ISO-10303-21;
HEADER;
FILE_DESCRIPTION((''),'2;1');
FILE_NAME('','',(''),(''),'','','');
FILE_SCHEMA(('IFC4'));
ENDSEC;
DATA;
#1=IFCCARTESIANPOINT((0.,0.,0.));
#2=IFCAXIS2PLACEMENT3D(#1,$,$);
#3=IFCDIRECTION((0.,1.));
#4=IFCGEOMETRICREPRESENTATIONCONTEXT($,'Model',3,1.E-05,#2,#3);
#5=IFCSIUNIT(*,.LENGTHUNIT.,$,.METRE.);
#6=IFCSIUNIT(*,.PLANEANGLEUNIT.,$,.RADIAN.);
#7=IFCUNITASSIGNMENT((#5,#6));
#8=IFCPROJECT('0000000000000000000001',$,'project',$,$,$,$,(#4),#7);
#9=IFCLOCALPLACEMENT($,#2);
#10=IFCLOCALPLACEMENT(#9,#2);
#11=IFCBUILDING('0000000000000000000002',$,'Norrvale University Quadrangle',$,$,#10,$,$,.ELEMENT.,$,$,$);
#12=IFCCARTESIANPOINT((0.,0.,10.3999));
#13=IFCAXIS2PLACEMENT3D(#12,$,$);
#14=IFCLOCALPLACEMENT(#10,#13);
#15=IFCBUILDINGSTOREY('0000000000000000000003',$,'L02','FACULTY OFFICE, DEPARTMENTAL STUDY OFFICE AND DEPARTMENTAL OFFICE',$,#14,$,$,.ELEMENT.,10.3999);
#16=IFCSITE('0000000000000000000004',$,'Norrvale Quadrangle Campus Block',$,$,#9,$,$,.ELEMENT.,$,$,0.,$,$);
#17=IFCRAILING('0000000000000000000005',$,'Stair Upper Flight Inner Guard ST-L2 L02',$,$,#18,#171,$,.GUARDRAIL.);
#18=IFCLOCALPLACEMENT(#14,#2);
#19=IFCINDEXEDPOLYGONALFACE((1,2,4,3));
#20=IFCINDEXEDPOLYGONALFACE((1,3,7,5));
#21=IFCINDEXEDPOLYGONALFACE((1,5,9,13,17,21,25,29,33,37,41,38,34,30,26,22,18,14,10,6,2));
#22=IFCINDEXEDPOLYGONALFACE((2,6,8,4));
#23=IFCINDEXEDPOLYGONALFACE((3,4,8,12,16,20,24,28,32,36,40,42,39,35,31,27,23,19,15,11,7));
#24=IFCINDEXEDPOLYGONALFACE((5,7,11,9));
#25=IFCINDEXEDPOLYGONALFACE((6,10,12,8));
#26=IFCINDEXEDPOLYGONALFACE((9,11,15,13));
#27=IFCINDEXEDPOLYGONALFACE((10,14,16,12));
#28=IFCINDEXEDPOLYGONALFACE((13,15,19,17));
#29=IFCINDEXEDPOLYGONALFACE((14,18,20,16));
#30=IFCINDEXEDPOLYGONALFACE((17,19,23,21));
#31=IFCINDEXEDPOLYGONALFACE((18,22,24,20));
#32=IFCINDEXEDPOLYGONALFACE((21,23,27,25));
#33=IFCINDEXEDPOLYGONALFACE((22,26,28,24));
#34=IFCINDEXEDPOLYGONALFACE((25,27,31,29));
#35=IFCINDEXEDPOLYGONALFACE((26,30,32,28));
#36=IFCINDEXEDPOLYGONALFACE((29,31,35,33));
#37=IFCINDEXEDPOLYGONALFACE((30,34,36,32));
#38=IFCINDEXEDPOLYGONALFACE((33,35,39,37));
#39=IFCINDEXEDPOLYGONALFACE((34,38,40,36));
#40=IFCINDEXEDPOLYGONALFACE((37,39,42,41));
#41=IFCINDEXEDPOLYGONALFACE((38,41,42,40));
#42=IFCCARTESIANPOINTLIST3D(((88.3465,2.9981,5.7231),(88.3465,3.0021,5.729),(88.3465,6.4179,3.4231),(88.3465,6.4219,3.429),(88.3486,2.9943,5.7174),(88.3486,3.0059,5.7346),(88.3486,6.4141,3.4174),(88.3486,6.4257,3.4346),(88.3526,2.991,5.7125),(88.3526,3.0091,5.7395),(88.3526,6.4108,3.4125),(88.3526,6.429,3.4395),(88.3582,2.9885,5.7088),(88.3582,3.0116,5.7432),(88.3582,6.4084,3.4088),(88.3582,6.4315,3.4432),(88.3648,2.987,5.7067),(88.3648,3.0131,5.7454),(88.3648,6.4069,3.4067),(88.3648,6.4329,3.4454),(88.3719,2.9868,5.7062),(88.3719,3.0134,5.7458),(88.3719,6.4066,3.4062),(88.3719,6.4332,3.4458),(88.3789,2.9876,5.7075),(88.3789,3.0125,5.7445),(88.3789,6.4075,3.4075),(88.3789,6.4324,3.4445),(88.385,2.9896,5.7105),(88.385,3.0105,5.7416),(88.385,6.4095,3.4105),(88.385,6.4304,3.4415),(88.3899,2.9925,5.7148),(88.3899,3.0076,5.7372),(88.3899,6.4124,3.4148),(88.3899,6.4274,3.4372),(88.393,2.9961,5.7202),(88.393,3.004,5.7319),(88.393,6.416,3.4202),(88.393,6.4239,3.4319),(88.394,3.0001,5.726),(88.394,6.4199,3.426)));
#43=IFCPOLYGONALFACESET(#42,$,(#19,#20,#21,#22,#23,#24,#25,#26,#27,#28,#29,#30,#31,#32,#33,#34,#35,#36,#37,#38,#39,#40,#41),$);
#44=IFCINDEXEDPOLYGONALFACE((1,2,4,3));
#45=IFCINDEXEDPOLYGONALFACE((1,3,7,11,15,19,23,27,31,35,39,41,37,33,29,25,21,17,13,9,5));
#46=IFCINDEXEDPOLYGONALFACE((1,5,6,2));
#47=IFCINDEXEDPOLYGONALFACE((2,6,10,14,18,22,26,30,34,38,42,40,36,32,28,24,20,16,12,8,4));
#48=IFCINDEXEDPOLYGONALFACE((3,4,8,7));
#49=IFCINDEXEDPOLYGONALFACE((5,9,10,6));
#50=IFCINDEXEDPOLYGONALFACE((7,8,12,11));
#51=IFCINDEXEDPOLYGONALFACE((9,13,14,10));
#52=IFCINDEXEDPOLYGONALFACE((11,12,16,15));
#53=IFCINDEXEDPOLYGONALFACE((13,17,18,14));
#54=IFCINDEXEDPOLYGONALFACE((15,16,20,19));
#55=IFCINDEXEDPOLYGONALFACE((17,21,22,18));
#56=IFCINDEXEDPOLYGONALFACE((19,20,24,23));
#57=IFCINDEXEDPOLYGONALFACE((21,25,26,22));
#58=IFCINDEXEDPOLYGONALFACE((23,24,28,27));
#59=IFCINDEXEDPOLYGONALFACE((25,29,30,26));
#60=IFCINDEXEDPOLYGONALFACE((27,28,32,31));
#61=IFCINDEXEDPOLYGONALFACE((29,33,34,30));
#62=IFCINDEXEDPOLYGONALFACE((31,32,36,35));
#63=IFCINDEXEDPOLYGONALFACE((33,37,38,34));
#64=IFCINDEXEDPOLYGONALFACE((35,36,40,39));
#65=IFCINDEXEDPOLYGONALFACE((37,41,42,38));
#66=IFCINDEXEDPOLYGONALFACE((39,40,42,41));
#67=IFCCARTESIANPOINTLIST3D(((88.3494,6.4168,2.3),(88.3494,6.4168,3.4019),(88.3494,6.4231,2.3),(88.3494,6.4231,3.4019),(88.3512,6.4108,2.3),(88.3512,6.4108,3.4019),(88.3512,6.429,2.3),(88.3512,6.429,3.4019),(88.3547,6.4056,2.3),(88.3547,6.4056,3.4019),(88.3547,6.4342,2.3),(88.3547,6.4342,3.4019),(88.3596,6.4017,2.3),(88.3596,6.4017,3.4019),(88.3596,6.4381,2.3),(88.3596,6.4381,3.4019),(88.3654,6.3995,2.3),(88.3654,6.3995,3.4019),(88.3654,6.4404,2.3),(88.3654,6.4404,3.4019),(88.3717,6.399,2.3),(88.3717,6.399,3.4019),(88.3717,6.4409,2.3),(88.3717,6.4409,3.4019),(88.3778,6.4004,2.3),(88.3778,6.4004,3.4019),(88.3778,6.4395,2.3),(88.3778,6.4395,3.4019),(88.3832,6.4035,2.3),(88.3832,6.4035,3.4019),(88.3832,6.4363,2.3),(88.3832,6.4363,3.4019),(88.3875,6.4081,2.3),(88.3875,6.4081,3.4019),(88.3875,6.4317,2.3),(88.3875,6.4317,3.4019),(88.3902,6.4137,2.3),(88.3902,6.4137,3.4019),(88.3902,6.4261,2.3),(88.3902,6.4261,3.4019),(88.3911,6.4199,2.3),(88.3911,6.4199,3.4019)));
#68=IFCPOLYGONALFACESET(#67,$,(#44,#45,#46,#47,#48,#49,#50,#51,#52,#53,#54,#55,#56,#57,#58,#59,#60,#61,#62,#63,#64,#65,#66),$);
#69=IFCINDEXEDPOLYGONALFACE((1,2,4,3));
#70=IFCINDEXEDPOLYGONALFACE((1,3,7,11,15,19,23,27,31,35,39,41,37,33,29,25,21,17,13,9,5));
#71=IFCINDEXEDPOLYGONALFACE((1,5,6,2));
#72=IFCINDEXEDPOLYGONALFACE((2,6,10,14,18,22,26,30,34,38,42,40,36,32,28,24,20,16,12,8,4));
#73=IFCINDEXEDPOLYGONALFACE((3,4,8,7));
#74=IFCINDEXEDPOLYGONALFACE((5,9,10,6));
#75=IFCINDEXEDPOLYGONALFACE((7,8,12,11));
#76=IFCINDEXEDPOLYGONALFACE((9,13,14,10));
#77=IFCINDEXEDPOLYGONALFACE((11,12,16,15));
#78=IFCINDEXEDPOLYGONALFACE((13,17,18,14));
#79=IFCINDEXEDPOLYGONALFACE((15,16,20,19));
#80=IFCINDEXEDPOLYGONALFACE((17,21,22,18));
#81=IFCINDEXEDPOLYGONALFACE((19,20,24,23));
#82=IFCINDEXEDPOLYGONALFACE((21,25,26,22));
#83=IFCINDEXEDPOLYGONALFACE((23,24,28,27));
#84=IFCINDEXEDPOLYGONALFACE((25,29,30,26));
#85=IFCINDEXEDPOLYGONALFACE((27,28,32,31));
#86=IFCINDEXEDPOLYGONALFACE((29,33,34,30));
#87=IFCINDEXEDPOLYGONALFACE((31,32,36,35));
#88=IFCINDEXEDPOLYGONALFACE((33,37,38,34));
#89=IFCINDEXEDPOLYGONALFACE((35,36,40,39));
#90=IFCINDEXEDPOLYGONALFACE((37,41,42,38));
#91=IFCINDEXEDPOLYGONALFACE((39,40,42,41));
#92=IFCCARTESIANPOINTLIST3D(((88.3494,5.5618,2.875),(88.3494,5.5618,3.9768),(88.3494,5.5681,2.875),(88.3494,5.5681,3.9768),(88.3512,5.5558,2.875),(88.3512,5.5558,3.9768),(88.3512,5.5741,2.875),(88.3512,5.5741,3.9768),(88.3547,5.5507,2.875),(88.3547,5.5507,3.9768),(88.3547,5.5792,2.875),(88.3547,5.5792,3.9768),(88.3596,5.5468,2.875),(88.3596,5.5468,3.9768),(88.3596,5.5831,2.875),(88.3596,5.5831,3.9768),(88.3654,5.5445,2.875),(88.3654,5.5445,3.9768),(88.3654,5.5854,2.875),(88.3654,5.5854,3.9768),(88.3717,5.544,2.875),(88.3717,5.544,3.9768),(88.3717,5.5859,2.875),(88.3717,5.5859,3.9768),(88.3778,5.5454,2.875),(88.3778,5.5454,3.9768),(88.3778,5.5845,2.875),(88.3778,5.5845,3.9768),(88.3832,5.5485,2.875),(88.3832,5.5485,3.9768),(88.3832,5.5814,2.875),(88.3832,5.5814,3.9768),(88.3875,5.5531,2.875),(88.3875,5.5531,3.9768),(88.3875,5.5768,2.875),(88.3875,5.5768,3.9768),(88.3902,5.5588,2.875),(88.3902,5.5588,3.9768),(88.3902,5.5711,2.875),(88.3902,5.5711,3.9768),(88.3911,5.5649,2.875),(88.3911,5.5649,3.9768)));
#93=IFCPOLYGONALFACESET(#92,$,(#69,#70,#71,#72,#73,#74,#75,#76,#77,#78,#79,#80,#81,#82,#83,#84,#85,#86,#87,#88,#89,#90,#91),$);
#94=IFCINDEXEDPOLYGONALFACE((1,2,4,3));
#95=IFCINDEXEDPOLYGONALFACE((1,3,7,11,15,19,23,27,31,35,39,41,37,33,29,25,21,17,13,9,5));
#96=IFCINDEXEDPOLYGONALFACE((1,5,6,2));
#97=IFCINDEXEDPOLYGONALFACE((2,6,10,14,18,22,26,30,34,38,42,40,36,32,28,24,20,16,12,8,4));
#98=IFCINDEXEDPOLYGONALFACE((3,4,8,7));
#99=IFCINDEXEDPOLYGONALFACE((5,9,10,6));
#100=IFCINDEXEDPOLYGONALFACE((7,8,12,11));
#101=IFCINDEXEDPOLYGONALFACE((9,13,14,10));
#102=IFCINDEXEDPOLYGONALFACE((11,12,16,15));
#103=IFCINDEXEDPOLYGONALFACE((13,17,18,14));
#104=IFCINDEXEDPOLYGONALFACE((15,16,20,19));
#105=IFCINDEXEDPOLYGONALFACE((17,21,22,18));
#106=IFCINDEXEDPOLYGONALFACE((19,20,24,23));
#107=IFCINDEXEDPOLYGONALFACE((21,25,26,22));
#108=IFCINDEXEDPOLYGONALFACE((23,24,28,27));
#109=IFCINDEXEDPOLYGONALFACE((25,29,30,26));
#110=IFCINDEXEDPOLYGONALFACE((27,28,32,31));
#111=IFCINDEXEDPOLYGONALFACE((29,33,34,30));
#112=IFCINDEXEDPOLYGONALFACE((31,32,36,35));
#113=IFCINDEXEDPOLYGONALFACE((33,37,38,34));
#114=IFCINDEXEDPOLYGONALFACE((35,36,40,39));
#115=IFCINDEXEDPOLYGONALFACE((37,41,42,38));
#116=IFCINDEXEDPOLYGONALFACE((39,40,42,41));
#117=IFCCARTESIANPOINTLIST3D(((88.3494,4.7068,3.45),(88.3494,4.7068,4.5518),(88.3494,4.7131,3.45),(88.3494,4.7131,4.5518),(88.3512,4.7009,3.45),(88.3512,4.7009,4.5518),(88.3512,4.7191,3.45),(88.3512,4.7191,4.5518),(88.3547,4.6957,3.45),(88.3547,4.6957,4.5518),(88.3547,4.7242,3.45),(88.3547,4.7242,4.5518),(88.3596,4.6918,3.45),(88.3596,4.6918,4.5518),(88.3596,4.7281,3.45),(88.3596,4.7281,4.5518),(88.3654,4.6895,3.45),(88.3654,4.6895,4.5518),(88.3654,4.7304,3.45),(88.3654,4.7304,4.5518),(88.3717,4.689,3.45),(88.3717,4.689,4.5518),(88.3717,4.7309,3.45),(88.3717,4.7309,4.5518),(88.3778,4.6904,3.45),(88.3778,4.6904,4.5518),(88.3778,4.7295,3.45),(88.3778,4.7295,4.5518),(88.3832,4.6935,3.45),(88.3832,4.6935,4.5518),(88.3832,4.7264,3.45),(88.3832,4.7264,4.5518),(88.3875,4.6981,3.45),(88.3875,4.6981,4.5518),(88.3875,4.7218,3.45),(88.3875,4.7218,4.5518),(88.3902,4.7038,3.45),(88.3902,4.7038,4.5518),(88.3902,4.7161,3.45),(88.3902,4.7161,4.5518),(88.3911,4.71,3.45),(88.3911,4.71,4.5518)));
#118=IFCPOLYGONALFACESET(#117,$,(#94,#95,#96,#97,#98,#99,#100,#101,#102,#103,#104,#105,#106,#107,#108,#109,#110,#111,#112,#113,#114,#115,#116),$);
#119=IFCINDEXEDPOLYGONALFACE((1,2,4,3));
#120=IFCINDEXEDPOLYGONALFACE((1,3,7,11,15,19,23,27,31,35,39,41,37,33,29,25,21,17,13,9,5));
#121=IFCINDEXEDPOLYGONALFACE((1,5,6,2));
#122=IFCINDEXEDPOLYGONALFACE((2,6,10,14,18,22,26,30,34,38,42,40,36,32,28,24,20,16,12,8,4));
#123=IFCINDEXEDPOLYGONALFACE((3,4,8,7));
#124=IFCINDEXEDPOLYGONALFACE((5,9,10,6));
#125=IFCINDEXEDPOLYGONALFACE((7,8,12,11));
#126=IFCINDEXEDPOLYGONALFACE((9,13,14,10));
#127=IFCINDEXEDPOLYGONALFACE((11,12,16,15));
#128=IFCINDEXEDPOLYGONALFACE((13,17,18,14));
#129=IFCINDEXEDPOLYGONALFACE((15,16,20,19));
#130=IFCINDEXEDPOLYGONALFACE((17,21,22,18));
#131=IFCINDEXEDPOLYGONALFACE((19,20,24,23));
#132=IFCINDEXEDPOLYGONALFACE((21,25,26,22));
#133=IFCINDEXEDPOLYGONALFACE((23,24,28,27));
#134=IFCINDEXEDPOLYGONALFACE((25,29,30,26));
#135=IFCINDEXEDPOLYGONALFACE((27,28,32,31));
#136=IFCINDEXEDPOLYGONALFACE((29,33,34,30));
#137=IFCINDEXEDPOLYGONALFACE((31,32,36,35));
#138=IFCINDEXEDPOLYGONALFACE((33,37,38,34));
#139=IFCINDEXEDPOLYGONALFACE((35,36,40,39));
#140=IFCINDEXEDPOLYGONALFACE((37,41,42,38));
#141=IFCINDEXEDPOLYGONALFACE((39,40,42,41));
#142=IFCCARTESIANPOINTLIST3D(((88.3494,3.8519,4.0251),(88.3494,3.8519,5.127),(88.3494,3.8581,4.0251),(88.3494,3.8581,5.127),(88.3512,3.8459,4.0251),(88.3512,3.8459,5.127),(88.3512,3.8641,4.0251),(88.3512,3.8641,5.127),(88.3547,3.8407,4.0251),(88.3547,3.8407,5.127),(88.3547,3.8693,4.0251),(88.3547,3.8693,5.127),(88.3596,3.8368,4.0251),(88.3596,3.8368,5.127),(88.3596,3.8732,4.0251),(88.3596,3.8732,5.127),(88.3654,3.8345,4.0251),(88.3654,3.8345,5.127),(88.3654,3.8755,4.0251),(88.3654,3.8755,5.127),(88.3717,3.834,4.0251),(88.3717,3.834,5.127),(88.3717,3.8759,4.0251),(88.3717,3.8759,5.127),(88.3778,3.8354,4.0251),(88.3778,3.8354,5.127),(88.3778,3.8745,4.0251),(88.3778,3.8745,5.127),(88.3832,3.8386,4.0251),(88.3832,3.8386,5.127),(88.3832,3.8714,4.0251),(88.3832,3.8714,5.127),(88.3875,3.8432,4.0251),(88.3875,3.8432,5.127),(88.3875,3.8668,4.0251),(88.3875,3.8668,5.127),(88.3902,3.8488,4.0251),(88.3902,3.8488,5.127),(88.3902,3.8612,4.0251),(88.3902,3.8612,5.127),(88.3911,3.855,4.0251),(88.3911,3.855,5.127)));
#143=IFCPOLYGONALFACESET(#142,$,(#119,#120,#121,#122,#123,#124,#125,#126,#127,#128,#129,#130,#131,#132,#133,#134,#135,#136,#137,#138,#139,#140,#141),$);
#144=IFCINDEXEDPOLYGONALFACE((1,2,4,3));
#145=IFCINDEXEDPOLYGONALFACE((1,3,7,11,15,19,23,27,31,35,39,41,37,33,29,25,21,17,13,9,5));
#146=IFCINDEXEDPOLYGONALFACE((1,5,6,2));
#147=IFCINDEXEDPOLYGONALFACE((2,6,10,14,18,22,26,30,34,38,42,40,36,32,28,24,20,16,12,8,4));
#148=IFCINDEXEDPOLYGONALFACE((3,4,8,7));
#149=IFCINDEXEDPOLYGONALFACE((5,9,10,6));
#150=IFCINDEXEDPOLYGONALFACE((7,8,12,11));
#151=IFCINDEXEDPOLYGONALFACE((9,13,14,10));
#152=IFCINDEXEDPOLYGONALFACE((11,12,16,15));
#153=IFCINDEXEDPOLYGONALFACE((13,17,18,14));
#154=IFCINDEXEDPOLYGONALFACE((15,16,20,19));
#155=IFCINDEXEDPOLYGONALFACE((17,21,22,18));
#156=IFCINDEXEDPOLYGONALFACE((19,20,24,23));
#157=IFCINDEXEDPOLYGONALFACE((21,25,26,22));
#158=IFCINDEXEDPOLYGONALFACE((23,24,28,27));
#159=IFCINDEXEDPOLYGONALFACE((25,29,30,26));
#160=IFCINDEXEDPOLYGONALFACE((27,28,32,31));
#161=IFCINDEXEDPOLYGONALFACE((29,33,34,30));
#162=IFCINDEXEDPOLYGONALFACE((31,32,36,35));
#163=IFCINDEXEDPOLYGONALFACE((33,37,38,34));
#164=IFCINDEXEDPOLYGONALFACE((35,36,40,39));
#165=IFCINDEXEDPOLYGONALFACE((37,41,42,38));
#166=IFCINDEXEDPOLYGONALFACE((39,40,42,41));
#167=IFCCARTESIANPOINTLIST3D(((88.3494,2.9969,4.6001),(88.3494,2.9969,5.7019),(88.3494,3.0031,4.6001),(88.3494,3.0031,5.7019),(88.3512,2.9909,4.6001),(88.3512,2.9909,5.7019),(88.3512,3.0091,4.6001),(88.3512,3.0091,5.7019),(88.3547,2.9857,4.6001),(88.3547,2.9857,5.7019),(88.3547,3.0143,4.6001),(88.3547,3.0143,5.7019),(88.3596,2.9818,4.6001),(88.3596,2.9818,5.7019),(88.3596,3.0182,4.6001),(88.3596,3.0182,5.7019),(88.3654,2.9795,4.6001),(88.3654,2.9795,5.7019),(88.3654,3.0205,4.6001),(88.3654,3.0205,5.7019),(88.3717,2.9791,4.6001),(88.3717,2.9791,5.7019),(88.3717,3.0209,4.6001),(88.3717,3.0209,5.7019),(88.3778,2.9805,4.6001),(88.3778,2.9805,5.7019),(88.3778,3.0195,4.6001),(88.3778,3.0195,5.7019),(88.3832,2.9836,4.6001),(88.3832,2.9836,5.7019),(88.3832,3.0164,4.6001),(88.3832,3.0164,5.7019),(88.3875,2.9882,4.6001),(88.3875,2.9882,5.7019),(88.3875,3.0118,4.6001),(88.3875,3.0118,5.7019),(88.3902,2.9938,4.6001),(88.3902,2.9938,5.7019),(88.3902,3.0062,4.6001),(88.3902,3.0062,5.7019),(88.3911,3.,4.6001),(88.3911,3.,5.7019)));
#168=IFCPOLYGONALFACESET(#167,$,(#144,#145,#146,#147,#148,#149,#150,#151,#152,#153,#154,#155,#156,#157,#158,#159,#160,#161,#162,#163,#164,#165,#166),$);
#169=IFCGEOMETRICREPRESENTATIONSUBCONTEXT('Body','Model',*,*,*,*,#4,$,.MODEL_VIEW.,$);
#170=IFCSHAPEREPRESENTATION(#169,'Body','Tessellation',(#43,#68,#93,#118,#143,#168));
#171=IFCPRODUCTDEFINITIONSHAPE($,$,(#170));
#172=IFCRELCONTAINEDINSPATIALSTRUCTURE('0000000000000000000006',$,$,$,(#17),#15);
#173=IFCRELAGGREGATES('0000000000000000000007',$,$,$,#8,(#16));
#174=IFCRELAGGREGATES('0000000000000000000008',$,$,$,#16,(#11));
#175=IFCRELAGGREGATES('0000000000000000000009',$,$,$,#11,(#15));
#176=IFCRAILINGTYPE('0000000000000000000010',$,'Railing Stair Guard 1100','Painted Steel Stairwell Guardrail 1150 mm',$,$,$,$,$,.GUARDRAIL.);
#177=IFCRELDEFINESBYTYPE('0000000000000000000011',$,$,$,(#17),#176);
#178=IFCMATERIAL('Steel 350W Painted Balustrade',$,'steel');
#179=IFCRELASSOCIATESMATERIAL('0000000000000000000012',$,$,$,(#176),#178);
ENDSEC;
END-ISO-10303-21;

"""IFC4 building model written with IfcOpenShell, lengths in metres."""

from ifc_helpers import new_model, si_unit, direction, frame, origin, origin_2d, place, context, subcontext, project, spatial, circle, extrude, material, type_object, element, save


model = new_model("IFC4")

# Units and contexts
model_context = context("Model", 3, precision=1e-05, world=origin(), true_north=direction((0.0, 1.0)))
body_context = subcontext(model_context, "Body", "Model", "MODEL_VIEW")
ifc_project = project(units=[si_unit("LENGTHUNIT", "METRE"), si_unit("PLANEANGLEUNIT", "RADIAN")], contexts=[model_context])

# Site, building, storey
site_placement = place(None, origin())
site = spatial("IfcSite", under=ifc_project, at=site_placement, Name="Norrvale Quadrangle Campus Block", CompositionType="ELEMENT", RefElevation=0.0)
building_placement = place(site_placement, origin())
building = spatial("IfcBuilding", under=site, at=building_placement, Name="Norrvale University Quadrangle", CompositionType="ELEMENT")
storey_placement = place(building_placement, frame((0.0, 0.0, 10.3999)))
storey = spatial("IfcBuildingStorey", under=building, at=storey_placement, Name="L02", Description="FACULTY OFFICE, DEPARTMENTAL STUDY OFFICE AND DEPARTMENTAL OFFICE", CompositionType="ELEMENT", Elevation=10.3999)

# Railing
ifc_material_1 = material(Name="Steel 350W Painted Balustrade", Category="steel")
railing_type_1 = type_object("IfcRailingType", Name="Railing Stair Guard 1100", Description="Painted Steel Stairwell Guardrail 1150 mm", PredefinedType="GUARDRAIL", material=ifc_material_1)
railing_1_placement = place(storey_placement, frame((88.3701, 6.4199, 2.3)))
element("IfcRailing", 1, at=railing_1_placement, inside=storey, type_object=railing_type_1, Name="Stair Upper Flight Inner Guard ST-L2 L02", PredefinedType="GUARDRAIL", context=body_context, shape_type="SweptSolid", body=[
    extrude(circle(Radius=0.0239, at=origin_2d()), frame((0.0, 0.0, 1.126), z_axis=(0.0, -0.829792, 0.558072), x_axis=(1.0, 0.0, 0.0)), (0.0, 0.0, 1.0), 4.1213),
    extrude(circle(Radius=0.021, at=origin_2d()), origin(), (0.0, 0.0, 1.0), 1.1018),
    extrude(circle(Radius=0.021, at=origin_2d()), frame((0.0, -0.855, 0.575)), (0.0, 0.0, 1.0), 1.1018),
    extrude(circle(Radius=0.021, at=origin_2d()), frame((0.0, -1.71, 1.1499)), (0.0, 0.0, 1.0), 1.1018),
    extrude(circle(Radius=0.021, at=origin_2d()), frame((0.0, -2.5649, 1.7251)), (0.0, 0.0, 1.0), 1.1018),
    extrude(circle(Radius=0.021, at=origin_2d()), frame((0.0, -3.4199, 2.3)), (0.0, 0.0, 1.0), 1.1018),
])

save(model, "model.ifc")
